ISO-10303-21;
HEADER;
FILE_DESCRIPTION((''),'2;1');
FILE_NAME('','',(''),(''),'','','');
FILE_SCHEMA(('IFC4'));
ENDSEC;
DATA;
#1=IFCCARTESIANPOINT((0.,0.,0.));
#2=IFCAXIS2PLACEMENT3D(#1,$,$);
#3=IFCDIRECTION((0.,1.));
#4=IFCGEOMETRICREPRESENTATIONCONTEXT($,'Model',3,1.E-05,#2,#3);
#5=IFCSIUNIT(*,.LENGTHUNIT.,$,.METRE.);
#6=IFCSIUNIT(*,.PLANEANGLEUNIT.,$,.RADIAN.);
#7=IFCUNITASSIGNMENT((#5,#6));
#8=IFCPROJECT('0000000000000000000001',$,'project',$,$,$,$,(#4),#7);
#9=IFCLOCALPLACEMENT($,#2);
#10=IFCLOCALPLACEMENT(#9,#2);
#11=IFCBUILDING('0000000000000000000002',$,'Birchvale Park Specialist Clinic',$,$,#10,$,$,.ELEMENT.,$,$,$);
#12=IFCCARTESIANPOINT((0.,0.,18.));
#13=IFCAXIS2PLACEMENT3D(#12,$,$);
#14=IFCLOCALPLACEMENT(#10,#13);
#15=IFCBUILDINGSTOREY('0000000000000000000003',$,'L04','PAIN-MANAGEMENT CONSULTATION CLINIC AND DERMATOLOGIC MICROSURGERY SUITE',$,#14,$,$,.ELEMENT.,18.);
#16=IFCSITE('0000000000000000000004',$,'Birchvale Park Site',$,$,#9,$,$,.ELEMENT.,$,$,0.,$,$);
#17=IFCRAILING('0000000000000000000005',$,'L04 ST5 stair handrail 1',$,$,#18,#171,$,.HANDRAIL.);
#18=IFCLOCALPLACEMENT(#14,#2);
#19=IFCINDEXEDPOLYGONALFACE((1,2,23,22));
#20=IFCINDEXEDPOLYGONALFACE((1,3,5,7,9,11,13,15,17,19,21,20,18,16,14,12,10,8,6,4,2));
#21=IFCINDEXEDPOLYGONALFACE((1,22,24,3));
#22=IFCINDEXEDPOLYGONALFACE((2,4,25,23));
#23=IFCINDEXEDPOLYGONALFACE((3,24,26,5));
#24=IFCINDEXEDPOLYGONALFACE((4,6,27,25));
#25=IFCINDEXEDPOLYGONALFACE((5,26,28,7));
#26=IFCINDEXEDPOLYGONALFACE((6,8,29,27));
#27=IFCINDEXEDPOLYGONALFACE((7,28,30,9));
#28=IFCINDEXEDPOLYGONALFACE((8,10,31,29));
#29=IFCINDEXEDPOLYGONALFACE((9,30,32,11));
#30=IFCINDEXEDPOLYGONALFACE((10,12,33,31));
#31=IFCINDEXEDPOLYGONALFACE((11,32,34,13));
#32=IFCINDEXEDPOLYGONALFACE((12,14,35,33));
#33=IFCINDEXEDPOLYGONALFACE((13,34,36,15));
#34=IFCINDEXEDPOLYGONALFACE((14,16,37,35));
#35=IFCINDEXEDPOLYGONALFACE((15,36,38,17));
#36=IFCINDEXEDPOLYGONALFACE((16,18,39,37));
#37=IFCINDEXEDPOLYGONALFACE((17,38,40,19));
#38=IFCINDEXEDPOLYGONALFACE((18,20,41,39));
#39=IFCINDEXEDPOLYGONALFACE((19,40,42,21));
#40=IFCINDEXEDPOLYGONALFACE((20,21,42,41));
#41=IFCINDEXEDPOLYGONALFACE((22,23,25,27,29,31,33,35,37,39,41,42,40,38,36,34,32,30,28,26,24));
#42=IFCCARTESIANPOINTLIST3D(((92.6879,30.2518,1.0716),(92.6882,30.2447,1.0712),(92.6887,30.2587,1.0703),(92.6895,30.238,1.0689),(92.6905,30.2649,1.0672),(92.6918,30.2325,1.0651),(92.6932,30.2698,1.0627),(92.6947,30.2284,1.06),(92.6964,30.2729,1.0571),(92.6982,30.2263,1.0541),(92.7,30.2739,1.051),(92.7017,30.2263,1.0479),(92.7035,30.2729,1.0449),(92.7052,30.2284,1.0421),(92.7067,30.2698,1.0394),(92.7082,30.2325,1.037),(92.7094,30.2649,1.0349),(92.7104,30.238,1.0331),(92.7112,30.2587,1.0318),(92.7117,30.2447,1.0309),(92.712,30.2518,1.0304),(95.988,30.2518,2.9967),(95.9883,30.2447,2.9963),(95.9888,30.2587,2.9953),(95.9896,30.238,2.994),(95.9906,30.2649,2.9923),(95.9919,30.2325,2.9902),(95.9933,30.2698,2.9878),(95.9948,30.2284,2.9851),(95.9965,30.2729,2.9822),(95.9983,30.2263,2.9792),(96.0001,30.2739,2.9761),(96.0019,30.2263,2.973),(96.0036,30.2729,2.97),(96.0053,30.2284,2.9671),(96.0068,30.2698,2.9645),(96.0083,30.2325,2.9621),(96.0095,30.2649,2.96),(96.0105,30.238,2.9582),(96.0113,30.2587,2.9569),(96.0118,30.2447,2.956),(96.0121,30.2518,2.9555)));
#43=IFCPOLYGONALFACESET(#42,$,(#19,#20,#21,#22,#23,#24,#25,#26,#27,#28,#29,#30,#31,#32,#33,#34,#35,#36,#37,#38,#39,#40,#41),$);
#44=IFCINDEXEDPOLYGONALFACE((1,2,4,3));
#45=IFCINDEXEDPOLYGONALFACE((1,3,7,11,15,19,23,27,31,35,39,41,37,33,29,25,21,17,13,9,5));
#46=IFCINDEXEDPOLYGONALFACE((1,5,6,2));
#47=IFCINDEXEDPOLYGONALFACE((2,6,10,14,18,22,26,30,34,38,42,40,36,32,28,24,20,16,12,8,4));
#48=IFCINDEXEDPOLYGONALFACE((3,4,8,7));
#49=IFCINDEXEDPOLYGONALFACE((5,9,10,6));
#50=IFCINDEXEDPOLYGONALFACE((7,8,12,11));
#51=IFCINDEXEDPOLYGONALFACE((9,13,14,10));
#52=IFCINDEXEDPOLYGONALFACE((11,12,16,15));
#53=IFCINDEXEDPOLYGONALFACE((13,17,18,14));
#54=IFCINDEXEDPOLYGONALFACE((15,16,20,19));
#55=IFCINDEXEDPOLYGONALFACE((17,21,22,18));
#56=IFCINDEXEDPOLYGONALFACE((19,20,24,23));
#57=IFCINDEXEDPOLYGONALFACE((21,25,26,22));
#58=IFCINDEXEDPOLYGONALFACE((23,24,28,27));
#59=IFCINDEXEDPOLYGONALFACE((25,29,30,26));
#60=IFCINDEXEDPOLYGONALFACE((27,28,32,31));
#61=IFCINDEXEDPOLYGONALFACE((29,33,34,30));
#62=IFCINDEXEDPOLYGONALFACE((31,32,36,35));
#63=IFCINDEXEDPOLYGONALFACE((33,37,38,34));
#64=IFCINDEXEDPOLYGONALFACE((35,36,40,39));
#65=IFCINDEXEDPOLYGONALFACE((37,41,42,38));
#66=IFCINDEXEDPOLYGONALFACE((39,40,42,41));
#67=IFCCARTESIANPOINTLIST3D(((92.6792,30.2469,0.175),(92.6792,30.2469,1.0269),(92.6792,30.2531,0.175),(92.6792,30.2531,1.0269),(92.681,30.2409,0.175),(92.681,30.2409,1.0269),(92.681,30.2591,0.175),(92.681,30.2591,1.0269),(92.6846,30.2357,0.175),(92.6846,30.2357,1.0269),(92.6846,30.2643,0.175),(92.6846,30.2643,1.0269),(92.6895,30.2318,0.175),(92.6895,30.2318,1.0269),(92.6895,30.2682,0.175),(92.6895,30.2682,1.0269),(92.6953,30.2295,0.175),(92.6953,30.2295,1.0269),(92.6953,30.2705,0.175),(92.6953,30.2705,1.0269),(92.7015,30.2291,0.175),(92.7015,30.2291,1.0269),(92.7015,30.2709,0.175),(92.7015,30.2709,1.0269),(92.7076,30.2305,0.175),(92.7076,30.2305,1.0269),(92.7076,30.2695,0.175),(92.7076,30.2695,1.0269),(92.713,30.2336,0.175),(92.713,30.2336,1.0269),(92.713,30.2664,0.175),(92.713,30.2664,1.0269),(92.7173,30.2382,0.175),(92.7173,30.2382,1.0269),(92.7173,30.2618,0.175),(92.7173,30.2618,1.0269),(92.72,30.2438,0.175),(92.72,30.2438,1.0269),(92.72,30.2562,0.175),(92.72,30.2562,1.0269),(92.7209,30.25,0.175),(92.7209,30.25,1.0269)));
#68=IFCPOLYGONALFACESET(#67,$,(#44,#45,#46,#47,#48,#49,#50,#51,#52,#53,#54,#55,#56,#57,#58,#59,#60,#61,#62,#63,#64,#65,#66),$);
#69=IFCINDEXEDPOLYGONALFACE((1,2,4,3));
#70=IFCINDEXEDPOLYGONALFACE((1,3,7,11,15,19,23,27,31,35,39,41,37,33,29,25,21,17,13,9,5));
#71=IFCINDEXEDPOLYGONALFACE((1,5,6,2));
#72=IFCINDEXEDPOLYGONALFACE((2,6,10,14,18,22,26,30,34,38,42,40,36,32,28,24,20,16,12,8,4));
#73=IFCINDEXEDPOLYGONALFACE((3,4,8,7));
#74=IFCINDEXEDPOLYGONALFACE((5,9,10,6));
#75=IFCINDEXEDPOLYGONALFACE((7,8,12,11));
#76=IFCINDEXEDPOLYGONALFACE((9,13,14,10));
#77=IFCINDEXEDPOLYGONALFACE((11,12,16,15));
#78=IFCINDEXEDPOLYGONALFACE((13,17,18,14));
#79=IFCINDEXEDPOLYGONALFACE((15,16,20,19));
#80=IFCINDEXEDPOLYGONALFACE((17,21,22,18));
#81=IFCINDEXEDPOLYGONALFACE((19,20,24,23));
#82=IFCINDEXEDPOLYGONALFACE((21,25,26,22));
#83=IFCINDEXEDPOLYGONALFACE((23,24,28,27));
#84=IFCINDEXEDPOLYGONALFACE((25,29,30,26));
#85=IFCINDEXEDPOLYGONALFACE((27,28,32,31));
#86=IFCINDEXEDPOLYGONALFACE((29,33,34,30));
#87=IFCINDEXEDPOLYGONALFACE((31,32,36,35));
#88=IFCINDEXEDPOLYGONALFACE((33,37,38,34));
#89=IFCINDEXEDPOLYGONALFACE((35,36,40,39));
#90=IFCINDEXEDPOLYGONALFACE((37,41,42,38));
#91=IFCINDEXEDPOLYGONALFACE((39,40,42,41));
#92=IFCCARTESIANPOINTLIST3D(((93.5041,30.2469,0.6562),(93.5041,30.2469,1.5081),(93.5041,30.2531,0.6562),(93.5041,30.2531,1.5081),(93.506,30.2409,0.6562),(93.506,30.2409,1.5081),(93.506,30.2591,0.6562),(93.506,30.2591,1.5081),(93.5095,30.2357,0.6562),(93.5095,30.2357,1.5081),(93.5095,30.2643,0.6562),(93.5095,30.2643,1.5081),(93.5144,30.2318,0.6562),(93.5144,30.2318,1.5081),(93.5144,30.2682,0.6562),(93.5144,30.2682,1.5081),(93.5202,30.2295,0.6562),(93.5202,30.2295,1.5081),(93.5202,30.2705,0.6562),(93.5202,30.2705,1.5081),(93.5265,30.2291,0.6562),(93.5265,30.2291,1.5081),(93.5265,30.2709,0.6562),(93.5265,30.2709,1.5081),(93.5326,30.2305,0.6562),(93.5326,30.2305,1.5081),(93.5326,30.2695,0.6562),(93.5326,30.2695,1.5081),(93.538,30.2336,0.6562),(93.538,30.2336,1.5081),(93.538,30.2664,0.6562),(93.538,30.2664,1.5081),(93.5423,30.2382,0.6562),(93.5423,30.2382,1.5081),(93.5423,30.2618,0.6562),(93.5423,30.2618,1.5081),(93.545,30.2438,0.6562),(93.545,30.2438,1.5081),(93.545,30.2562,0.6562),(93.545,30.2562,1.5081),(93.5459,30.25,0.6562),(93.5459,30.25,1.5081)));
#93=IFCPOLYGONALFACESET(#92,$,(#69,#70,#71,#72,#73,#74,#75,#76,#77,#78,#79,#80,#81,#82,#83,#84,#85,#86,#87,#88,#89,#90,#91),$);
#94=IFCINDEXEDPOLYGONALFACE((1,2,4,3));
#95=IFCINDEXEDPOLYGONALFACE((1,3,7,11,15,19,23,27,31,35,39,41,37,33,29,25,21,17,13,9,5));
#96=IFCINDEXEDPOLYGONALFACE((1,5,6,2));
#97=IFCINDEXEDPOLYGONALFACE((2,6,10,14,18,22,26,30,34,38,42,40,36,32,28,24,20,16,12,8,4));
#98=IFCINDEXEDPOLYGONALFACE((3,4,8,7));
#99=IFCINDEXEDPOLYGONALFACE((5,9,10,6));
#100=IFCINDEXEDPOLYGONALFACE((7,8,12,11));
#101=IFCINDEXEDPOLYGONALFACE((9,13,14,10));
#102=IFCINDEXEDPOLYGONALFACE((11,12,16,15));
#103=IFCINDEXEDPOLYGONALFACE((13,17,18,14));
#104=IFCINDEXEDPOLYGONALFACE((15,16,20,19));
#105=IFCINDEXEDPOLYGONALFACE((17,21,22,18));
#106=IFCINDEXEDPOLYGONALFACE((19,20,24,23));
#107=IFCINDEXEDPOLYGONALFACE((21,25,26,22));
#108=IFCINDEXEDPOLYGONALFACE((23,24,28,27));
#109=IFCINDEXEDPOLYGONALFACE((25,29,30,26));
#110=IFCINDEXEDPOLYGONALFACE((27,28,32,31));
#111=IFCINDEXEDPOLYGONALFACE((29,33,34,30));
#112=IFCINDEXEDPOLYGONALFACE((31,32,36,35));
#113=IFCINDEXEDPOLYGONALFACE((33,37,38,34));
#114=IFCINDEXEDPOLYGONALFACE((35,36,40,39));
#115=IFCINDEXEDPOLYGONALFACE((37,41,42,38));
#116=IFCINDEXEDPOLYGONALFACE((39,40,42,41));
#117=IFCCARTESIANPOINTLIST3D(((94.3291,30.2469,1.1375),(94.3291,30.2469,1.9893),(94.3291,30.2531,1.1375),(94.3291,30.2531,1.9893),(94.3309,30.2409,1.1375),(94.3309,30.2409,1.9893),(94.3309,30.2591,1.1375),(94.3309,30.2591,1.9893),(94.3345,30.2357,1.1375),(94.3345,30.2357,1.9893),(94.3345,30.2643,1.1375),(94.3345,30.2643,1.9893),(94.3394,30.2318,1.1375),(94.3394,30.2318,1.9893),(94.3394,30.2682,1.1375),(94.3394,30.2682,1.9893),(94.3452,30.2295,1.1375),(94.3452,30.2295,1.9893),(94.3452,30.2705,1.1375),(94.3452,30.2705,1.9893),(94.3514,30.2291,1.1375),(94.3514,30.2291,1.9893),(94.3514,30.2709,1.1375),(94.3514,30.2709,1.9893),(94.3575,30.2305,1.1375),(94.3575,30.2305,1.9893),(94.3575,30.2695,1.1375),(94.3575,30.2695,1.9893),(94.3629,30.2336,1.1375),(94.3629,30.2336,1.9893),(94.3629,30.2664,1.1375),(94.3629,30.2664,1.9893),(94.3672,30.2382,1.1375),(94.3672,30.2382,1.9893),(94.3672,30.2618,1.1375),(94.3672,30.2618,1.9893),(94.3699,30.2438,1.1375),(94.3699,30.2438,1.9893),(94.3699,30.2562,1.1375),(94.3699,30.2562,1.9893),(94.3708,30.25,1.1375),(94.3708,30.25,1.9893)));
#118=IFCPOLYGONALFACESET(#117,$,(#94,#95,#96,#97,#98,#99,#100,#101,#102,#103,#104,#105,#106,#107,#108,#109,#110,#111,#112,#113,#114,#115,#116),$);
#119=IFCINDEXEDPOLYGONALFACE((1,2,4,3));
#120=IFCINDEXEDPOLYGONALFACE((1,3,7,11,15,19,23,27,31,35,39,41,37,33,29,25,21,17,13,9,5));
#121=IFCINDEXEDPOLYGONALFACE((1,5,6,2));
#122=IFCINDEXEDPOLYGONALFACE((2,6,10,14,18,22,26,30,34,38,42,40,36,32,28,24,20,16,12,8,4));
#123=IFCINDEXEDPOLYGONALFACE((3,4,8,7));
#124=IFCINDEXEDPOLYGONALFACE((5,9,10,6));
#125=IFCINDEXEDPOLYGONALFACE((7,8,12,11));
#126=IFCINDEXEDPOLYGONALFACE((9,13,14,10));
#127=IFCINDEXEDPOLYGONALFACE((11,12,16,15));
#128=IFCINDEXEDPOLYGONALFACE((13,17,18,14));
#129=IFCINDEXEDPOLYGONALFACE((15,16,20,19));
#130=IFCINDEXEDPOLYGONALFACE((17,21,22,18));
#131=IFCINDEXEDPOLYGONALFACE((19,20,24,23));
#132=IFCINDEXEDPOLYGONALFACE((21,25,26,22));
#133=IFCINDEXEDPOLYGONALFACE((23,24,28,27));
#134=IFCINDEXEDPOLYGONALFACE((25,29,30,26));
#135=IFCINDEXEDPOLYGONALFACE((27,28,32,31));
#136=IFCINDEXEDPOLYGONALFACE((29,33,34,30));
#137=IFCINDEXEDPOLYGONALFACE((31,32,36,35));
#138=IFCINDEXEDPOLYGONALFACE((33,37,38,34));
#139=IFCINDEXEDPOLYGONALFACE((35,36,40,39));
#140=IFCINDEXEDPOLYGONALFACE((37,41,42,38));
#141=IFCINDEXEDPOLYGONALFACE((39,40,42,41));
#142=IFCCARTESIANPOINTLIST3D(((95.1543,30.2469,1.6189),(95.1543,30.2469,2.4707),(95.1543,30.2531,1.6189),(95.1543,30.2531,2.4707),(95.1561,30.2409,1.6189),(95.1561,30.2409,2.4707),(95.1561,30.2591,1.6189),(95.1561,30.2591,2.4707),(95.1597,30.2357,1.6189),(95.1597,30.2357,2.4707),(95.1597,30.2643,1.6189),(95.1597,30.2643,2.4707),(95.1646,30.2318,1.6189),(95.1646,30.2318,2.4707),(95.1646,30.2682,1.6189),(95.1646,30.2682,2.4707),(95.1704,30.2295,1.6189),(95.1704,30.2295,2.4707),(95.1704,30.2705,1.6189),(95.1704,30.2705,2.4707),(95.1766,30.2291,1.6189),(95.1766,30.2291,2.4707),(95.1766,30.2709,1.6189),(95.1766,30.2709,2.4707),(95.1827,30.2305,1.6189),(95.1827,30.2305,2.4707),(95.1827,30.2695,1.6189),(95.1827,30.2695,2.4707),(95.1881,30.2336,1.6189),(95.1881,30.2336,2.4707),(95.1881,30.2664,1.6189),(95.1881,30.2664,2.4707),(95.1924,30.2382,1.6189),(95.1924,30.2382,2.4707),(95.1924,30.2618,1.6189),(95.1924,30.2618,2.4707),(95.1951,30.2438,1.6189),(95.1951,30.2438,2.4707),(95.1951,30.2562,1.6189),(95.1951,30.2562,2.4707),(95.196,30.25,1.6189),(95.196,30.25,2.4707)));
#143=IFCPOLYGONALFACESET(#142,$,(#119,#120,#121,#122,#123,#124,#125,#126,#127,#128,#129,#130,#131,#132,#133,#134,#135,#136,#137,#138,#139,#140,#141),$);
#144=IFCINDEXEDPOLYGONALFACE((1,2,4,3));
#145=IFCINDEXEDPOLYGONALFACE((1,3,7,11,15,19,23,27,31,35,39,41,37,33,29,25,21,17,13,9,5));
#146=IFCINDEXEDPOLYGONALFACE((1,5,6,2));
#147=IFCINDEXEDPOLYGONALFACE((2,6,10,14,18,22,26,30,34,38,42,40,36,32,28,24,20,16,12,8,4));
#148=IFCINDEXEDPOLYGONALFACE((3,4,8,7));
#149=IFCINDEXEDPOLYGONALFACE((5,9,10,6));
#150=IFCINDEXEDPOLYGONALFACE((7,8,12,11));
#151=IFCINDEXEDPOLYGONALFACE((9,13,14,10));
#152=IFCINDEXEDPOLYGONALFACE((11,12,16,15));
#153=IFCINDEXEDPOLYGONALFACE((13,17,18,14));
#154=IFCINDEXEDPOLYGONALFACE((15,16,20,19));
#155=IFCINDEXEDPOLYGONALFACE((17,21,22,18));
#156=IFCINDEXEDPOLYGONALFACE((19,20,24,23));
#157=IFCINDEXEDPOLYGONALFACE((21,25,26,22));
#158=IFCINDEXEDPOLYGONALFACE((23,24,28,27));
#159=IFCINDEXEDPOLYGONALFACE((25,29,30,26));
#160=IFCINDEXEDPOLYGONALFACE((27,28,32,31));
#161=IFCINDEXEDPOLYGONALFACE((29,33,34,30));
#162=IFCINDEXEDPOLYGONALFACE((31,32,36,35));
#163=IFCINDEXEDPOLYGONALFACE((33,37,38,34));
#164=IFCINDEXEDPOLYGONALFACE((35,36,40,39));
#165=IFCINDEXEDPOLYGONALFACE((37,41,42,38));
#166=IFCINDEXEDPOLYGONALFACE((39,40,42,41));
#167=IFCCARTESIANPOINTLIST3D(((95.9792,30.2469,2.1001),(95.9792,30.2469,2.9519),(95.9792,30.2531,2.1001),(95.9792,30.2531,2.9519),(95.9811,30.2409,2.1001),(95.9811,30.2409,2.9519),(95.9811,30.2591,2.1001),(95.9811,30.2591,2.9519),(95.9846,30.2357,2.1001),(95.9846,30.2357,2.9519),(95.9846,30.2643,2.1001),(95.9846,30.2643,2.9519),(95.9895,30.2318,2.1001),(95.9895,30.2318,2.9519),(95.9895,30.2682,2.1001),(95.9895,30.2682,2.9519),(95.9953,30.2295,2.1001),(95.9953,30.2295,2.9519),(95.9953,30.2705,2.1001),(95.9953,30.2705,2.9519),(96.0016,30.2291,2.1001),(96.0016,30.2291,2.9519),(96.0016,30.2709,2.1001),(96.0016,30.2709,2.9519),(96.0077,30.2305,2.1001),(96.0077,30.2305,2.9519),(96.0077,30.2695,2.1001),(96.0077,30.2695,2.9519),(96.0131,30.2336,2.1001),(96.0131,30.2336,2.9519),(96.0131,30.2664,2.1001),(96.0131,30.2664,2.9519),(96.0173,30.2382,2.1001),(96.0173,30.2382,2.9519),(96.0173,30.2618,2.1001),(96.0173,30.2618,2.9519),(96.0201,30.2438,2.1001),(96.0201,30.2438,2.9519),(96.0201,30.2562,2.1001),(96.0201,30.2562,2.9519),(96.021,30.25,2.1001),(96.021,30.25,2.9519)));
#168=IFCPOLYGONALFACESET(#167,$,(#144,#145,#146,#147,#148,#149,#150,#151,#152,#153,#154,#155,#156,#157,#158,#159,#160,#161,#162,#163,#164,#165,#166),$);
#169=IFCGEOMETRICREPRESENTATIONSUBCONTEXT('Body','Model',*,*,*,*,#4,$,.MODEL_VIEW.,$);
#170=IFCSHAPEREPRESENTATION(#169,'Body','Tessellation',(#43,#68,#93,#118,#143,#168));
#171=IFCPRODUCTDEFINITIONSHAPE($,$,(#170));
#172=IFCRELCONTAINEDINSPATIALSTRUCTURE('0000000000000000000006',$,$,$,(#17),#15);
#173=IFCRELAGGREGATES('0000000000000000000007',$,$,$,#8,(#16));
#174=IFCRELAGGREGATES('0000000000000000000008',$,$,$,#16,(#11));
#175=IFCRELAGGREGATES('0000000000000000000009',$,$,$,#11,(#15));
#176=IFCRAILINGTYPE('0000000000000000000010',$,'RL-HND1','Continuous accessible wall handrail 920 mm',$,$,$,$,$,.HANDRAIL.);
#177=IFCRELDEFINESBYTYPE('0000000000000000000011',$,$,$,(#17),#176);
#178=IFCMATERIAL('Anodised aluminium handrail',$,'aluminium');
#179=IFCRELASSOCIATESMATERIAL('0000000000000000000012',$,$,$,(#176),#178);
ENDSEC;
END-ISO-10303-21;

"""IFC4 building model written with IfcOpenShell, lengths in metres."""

from ifc_helpers import new_model, si_unit, direction, frame, origin, origin_2d, place, context, subcontext, project, spatial, circle, extrude, material, type_object, element, save


model = new_model("IFC4")

# Units and contexts
model_context = context("Model", 3, precision=1e-05, world=origin(), true_north=direction((0.0, 1.0)))
body_context = subcontext(model_context, "Body", "Model", "MODEL_VIEW")
ifc_project = project(units=[si_unit("LENGTHUNIT", "METRE"), si_unit("PLANEANGLEUNIT", "RADIAN")], contexts=[model_context])

# Site, building, storey
site_placement = place(None, origin())
site = spatial("IfcSite", under=ifc_project, at=site_placement, Name="Birchvale Park Site", CompositionType="ELEMENT", RefElevation=0.0)
building_placement = place(site_placement, origin())
building = spatial("IfcBuilding", under=site, at=building_placement, Name="Birchvale Park Specialist Clinic", CompositionType="ELEMENT")
storey_placement = place(building_placement, frame((0.0, 0.0, 18.0)))
storey = spatial("IfcBuildingStorey", under=building, at=storey_placement, Name="L04", Description="PAIN-MANAGEMENT CONSULTATION CLINIC AND DERMATOLOGIC MICROSURGERY SUITE", CompositionType="ELEMENT", Elevation=18.0)

# Railing
ifc_material_1 = material(Name="Anodised aluminium handrail", Category="aluminium")
railing_type = type_object("IfcRailingType", Name="RL-HND1", Description="Continuous accessible wall handrail 920 mm", PredefinedType="HANDRAIL", material=ifc_material_1)
railing_placement = place(storey_placement, frame((92.7, 30.25, 0.175)))
element("IfcRailing", 1, at=railing_placement, inside=storey, type_object=railing_type, Name="L04 ST5 stair handrail 1", PredefinedType="HANDRAIL", context=body_context, shape_type="SweptSolid", body=[
    extrude(circle(Radius=0.0239, at=origin_2d()), frame((0.0, 0.0, 0.876), z_axis=(0.863777, 0.0, 0.503875), x_axis=(0.0, 1.0, 0.0)), (0.0, 0.0, 1.0), 3.8206),
    extrude(circle(Radius=0.021, at=origin_2d()), origin(), (0.0, 0.0, 1.0), 0.8518),
    extrude(circle(Radius=0.021, at=origin_2d()), frame((0.825, 0.0, 0.4812)), (0.0, 0.0, 1.0), 0.8518),
    extrude(circle(Radius=0.021, at=origin_2d()), frame((1.6499, 0.0, 0.9624)), (0.0, 0.0, 1.0), 0.8518),
    extrude(circle(Radius=0.021, at=origin_2d()), frame((2.4751, 0.0, 1.4438)), (0.0, 0.0, 1.0), 0.8518),
    extrude(circle(Radius=0.021, at=origin_2d()), frame((3.3, 0.0, 1.925)), (0.0, 0.0, 1.0), 0.8518),
])

save(model, "model.ifc")
